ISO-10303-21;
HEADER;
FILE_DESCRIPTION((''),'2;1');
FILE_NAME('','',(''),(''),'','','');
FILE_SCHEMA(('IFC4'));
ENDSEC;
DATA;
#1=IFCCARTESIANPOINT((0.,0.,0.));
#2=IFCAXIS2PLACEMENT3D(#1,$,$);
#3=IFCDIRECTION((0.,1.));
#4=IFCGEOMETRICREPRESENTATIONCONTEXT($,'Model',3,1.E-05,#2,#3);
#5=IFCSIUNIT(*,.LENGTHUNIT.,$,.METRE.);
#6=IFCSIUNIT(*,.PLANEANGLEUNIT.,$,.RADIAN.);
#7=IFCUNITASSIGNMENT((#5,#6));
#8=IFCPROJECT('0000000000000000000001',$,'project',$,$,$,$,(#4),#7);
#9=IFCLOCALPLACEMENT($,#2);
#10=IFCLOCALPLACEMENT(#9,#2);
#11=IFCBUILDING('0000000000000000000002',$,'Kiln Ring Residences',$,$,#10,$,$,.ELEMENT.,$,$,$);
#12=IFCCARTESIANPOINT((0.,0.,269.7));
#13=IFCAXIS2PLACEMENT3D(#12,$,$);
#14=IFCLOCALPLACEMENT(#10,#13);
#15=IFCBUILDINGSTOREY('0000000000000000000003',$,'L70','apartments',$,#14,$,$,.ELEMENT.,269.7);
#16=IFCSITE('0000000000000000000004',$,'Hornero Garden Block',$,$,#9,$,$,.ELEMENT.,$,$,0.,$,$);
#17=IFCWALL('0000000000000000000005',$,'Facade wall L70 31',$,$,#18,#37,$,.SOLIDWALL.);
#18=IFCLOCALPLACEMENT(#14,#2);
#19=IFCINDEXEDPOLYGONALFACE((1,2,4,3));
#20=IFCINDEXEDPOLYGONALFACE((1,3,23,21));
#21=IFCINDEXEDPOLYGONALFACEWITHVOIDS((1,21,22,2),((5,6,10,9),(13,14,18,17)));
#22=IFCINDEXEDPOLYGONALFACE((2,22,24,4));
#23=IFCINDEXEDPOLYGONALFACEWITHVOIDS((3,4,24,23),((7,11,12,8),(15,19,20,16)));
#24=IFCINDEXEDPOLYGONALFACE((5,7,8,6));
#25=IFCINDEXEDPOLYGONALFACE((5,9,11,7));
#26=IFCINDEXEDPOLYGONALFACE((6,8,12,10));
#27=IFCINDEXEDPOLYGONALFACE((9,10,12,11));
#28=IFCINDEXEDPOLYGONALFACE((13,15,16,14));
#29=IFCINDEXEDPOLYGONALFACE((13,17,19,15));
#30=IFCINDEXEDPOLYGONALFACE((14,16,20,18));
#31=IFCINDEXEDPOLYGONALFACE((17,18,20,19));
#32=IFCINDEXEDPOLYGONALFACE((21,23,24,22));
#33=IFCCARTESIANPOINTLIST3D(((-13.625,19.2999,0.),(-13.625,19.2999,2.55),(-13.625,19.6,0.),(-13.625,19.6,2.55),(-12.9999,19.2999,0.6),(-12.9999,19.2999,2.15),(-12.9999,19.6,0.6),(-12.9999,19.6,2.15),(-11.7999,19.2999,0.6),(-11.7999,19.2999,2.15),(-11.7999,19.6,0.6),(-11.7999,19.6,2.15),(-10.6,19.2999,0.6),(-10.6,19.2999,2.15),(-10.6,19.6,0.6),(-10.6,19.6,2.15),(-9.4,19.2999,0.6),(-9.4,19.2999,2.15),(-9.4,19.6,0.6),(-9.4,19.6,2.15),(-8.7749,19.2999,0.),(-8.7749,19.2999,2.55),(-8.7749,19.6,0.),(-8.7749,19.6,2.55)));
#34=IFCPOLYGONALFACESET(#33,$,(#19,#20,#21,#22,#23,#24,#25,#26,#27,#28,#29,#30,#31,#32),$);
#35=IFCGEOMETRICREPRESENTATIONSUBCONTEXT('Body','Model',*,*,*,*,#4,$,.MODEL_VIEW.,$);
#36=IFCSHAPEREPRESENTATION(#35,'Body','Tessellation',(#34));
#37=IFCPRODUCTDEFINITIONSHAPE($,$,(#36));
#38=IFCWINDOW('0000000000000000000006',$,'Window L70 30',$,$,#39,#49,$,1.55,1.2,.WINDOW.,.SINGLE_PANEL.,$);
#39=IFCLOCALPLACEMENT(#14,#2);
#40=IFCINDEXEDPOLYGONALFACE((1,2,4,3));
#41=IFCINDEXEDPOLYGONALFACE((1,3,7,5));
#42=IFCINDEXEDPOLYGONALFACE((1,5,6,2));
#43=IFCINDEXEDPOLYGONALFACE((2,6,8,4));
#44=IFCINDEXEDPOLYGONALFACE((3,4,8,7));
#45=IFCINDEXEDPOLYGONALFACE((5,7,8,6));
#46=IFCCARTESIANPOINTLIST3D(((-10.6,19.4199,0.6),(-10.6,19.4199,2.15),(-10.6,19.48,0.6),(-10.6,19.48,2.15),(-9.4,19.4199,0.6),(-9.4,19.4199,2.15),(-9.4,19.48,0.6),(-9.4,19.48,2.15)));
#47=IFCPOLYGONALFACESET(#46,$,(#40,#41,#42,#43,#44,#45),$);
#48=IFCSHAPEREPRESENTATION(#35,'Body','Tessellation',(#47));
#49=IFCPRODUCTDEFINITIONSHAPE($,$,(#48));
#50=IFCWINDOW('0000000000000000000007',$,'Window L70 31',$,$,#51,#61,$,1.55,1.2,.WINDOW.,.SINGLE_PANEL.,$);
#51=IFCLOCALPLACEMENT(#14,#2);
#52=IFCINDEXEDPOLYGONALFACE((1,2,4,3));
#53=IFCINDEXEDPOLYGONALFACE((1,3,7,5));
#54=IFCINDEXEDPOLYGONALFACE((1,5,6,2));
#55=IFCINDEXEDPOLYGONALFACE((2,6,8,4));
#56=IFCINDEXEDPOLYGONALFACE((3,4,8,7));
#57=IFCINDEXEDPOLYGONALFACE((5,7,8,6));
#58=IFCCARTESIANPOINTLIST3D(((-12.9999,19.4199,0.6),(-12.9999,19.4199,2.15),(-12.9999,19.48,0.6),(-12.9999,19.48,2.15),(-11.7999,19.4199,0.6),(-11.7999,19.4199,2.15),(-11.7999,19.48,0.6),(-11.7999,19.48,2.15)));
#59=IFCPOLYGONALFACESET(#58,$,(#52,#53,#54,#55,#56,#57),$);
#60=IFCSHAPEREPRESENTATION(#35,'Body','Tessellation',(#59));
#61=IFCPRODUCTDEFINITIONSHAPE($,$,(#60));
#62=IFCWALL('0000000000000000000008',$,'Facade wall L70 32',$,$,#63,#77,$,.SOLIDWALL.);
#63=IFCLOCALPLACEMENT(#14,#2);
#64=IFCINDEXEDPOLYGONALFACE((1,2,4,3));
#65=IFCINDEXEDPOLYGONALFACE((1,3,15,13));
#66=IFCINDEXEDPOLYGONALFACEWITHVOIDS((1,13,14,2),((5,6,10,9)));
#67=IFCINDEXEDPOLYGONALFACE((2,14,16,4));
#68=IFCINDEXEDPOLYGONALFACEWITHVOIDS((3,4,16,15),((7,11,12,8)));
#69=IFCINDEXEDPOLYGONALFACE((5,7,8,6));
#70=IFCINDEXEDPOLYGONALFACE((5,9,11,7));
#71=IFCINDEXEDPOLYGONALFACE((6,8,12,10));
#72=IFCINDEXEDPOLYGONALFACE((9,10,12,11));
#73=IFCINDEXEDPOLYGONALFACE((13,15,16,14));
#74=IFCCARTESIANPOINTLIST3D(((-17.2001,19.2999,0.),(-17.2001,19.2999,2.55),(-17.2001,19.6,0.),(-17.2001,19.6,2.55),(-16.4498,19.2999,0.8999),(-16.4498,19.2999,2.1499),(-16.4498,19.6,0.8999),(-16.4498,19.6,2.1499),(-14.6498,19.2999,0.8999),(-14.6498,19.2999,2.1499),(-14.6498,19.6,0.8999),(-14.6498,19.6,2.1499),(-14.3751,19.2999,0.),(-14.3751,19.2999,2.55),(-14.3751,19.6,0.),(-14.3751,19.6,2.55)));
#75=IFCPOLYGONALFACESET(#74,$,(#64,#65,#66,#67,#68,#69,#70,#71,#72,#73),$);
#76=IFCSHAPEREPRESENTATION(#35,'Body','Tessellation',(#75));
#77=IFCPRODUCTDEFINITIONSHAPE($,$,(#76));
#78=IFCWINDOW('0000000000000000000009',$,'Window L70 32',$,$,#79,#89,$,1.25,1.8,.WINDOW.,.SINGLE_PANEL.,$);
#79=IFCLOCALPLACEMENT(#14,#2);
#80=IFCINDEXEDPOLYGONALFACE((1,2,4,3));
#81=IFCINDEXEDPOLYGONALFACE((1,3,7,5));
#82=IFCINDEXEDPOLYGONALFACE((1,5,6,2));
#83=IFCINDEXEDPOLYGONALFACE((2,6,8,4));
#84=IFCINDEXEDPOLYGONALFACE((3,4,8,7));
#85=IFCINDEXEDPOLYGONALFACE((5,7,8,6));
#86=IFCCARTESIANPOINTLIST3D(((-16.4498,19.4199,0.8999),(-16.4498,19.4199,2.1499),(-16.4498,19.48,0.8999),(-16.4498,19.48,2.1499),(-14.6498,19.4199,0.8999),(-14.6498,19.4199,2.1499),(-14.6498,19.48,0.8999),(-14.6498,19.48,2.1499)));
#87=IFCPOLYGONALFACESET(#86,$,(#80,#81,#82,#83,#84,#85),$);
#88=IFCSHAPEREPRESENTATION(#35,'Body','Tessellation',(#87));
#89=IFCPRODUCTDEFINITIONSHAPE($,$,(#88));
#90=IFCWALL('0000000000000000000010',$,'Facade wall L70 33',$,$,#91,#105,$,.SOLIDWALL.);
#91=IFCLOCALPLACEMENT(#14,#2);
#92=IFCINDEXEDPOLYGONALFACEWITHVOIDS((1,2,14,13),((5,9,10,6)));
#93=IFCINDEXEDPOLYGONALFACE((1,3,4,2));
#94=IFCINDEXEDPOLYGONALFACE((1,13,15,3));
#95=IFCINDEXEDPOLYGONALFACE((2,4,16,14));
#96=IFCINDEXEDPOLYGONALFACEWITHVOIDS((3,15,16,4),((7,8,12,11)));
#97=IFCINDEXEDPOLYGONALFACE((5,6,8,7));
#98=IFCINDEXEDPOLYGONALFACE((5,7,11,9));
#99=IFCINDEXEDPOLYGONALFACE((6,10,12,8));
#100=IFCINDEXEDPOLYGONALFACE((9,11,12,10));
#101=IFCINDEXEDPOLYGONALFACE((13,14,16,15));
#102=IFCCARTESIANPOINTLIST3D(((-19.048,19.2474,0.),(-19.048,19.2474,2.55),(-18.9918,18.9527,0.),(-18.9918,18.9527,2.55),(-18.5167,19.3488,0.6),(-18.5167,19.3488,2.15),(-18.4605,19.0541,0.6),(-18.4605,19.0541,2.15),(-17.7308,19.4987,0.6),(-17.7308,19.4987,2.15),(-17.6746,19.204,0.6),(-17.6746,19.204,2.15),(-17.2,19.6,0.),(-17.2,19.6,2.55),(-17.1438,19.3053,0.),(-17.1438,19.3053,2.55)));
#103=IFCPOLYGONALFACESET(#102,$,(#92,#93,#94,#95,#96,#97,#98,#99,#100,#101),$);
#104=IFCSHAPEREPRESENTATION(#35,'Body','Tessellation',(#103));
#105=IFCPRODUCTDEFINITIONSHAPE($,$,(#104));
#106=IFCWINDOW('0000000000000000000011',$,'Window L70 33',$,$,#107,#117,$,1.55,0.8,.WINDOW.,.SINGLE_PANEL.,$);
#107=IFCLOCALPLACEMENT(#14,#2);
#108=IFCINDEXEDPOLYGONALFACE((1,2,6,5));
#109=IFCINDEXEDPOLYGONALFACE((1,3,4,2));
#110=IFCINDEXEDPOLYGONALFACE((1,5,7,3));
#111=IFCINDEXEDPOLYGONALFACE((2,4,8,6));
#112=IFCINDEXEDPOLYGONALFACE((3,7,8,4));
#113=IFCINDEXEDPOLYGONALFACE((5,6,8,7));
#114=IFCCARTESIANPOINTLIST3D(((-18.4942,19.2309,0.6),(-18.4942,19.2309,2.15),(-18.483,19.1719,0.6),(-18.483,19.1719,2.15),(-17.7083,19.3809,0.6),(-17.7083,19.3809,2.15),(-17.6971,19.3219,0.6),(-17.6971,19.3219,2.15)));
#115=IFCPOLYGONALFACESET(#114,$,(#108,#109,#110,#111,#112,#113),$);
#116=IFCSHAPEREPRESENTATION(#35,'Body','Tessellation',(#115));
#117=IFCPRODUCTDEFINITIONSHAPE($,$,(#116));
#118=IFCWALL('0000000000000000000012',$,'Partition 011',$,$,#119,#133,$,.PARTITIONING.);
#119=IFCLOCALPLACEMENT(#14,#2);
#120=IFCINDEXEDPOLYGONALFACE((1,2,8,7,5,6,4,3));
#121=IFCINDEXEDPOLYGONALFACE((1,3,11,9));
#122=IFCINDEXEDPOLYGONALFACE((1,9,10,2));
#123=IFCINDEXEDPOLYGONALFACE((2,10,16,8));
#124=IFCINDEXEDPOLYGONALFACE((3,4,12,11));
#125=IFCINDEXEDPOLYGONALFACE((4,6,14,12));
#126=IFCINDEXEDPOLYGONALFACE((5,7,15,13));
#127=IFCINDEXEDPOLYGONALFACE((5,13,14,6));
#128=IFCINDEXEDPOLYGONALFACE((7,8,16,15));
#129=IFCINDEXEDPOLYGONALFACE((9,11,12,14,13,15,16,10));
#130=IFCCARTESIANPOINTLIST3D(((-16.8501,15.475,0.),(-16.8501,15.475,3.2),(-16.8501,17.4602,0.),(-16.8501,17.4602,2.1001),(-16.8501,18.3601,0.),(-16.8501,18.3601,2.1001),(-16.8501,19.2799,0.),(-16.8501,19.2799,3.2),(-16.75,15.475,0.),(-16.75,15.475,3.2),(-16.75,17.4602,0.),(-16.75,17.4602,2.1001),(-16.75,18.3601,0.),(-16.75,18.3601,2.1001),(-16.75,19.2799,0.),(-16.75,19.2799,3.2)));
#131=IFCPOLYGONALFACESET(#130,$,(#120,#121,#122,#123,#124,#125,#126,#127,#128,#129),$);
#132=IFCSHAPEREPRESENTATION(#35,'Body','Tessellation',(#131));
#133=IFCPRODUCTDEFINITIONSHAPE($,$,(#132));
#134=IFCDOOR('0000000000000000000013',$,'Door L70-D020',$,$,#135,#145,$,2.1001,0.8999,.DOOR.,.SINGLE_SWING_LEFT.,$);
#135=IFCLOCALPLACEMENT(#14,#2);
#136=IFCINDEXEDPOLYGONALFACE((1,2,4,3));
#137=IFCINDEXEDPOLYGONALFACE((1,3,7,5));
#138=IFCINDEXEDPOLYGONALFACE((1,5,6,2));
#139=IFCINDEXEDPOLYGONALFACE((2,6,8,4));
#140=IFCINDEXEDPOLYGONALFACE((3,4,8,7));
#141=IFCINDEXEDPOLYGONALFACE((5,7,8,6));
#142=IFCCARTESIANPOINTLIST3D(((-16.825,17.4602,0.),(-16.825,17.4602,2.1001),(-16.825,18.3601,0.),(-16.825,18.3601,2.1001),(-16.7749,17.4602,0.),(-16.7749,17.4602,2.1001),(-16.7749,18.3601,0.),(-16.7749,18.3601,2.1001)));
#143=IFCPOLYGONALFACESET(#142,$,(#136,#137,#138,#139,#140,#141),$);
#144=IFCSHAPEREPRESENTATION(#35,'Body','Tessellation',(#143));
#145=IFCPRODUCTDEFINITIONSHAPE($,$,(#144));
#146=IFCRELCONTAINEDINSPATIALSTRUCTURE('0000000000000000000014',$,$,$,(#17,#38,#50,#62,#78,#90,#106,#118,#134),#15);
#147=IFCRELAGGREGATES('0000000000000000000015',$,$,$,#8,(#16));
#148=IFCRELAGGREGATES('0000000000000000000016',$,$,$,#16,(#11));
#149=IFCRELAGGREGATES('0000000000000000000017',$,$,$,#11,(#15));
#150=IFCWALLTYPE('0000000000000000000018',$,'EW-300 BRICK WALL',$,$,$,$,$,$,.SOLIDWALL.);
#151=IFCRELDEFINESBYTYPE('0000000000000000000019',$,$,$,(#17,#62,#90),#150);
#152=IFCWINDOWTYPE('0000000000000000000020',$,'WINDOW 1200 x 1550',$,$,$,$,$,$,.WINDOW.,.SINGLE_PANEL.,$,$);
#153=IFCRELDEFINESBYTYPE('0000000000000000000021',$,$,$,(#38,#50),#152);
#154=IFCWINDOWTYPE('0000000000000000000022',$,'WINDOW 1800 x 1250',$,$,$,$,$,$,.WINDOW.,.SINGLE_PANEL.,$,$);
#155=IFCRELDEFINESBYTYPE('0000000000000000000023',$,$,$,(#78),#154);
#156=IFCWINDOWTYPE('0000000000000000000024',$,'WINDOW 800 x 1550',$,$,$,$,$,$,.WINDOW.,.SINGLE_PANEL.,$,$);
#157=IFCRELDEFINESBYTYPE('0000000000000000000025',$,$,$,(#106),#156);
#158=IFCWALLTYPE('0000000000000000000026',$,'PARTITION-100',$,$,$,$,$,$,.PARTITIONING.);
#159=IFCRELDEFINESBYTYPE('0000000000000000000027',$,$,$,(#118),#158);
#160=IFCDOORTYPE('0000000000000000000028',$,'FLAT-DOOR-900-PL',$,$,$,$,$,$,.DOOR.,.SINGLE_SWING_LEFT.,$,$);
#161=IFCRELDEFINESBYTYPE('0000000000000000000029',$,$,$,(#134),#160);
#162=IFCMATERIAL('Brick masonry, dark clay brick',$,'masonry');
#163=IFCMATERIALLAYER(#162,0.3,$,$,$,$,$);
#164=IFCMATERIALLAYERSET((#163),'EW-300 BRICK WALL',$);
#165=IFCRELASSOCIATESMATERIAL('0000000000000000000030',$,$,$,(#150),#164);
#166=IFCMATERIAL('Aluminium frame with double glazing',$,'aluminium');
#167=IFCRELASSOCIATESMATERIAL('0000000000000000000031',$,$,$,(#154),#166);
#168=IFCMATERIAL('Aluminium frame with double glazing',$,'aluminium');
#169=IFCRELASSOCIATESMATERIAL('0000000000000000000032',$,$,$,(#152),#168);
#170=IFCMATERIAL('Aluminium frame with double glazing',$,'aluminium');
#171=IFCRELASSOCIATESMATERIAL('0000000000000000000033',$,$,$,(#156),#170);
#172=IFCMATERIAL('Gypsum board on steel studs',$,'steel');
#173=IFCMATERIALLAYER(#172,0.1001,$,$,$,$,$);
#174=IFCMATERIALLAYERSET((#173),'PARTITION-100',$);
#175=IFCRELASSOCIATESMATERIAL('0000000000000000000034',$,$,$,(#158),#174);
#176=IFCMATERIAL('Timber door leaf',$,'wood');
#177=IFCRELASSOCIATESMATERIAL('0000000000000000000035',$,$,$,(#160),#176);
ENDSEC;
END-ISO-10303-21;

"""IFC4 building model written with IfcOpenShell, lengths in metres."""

from ifc_helpers import new_model, si_unit, direction, frame, frame_2d, origin, place, context, subcontext, project, spatial, rectangle, extrude, material, layer, layer_set, type_object, element, fill, save


model = new_model("IFC4")

# Units and contexts
model_context = context("Model", 3, precision=1e-05, world=origin(), true_north=direction((0.0, 1.0)))
body_context = subcontext(model_context, "Body", "Model", "MODEL_VIEW")
ifc_project = project(units=[si_unit("LENGTHUNIT", "METRE"), si_unit("PLANEANGLEUNIT", "RADIAN")], contexts=[model_context])

# Site, building, storey
site_placement = place(None, origin())
site = spatial("IfcSite", under=ifc_project, at=site_placement, Name="Hornero Garden Block", CompositionType="ELEMENT", RefElevation=0.0)
building_placement = place(site_placement, origin())
building = spatial("IfcBuilding", under=site, at=building_placement, Name="Kiln Ring Residences", CompositionType="ELEMENT")
storey_placement = place(building_placement, frame((0.0, 0.0, 269.7)))
storey = spatial("IfcBuildingStorey", under=building, at=storey_placement, Name="L70", Description="apartments", CompositionType="ELEMENT", Elevation=269.7)

# Wall, openings, windows
ifc_material_1 = material(Name="Brick masonry, dark clay brick", Category="masonry")
ifc_layer_1 = layer(ifc_material_1, 0.3)
ifc_layer_set_1 = layer_set([ifc_layer_1], Name="EW-300 BRICK WALL")
wall_type_1 = type_object("IfcWallType", Name="EW-300 BRICK WALL", PredefinedType="SOLIDWALL", material=ifc_layer_set_1)
ifc_material_2 = material(Name="Aluminium frame with double glazing", Category="aluminium")
window_type_1 = type_object("IfcWindowType", Name="WINDOW 1800 x 1250", PartitioningType="SINGLE_PANEL", PredefinedType="WINDOW", material=ifc_material_2)
wall_1_placement = place(storey_placement, frame((-8.7749, 19.45, 0.0), z_axis=(0.0, 0.0, 1.0), x_axis=(-1.0, 0.0, 0.0)))
wall_1 = element("IfcWall", 1, at=wall_1_placement, inside=storey, type_object=wall_type_1, Name="Facade wall L70 31", PredefinedType="SOLIDWALL", context=body_context, shape_type="SweptSolid", body=[
    extrude(rectangle(XDim=4.8501, YDim=0.3, at=frame_2d((2.425, 0.0))), origin(), (0.0, 0.0, 1.0), 2.55),
])
opening_1_placement = place(wall_1_placement, frame((0.625, 0.0, 0.6001)))
opening_1 = element("IfcOpeningElement", 2, at=opening_1_placement, cuts=wall_1, PredefinedType="OPENING", context=body_context, shape_type="SweptSolid", body=[
    extrude(rectangle(XDim=1.2, YDim=1.55, at=frame_2d((0.6001, 0.7749))), frame((0.0, 0.1599, 0.0), z_axis=(0.0, -1.0, 0.0), x_axis=(1.0, 0.0, 0.0)), (0.0, 0.0, 1.0), 0.3201),
])
opening_2_placement = place(wall_1_placement, frame((3.0249, 0.0, 0.6001)))
opening_2 = element("IfcOpeningElement", 3, at=opening_2_placement, cuts=wall_1, PredefinedType="OPENING", context=body_context, shape_type="SweptSolid", body=[
    extrude(rectangle(XDim=1.2, YDim=1.55, at=frame_2d((0.6001, 0.7749))), frame((0.0, 0.1599, 0.0), z_axis=(0.0, -1.0, 0.0), x_axis=(1.0, 0.0, 0.0)), (0.0, 0.0, 1.0), 0.3201),
])
ifc_material_3 = material(Name="Aluminium frame with double glazing", Category="aluminium")
window_type_2 = type_object("IfcWindowType", Name="WINDOW 1200 x 1550", PartitioningType="SINGLE_PANEL", PredefinedType="WINDOW", material=ifc_material_3)
window_1_placement = place(opening_1_placement, origin())
window_1 = element("IfcWindow", 4, at=window_1_placement, inside=storey, type_object=window_type_2, Name="Window L70 30", OverallHeight=1.55, OverallWidth=1.2, PartitioningType="SINGLE_PANEL", PredefinedType="WINDOW", context=body_context, shape_type="SweptSolid", body=[
    extrude(rectangle(XDim=1.2, YDim=1.55, at=frame_2d((0.6001, 0.7749))), frame((0.0, 0.03, 0.0), z_axis=(0.0, -1.0, 0.0), x_axis=(1.0, 0.0, 0.0)), (0.0, 0.0, 1.0), 0.0601),
])
fill(opening_1, window_1)
window_2_placement = place(opening_2_placement, origin())
window_2 = element("IfcWindow", 5, at=window_2_placement, inside=storey, type_object=window_type_2, Name="Window L70 31", OverallHeight=1.55, OverallWidth=1.2, PartitioningType="SINGLE_PANEL", PredefinedType="WINDOW", context=body_context, shape_type="SweptSolid", body=[
    extrude(rectangle(XDim=1.2, YDim=1.55, at=frame_2d((0.6001, 0.7749))), frame((0.0, 0.03, 0.0), z_axis=(0.0, -1.0, 0.0), x_axis=(1.0, 0.0, 0.0)), (0.0, 0.0, 1.0), 0.0601),
])
fill(opening_2, window_2)

# Walls, openings, windows
wall_2_placement = place(storey_placement, frame((-14.375, 19.45, 0.0), z_axis=(0.0, 0.0, 1.0), x_axis=(-1.0, 0.0, 0.0)))
wall_2 = element("IfcWall", 6, at=wall_2_placement, inside=storey, type_object=wall_type_1, Name="Facade wall L70 32", PredefinedType="SOLIDWALL", context=body_context, shape_type="SweptSolid", body=[
    extrude(rectangle(XDim=2.825, YDim=0.3, at=frame_2d((1.4126, 0.0))), origin(), (0.0, 0.0, 1.0), 2.55),
])
opening_3_placement = place(wall_2_placement, frame((0.2749, 0.0, 0.8999)))
opening_3 = element("IfcOpeningElement", 7, at=opening_3_placement, cuts=wall_2, PredefinedType="OPENING", context=body_context, shape_type="SweptSolid", body=[
    extrude(rectangle(XDim=1.8, YDim=1.25, at=frame_2d((0.8999, 0.625))), frame((0.0, 0.1599, 0.0), z_axis=(0.0, -1.0, 0.0), x_axis=(1.0, 0.0, 0.0)), (0.0, 0.0, 1.0), 0.3201),
])
window_3_placement = place(opening_3_placement, origin())
window_3 = element("IfcWindow", 8, at=window_3_placement, inside=storey, type_object=window_type_1, Name="Window L70 32", OverallHeight=1.25, OverallWidth=1.8, PartitioningType="SINGLE_PANEL", PredefinedType="WINDOW", context=body_context, shape_type="SweptSolid", body=[
    extrude(rectangle(XDim=1.8, YDim=1.25, at=frame_2d((0.8999, 0.625))), frame((0.0, 0.03, 0.0), z_axis=(0.0, -1.0, 0.0), x_axis=(1.0, 0.0, 0.0)), (0.0, 0.0, 1.0), 0.0601),
])
fill(opening_3, window_3)
wall_3_placement = place(storey_placement, frame((-17.1719, 19.4526, 0.0), z_axis=(0.0, 0.0, 1.0), x_axis=(-0.982284, -0.187398, 0.0)))
wall_3 = element("IfcWall", 9, at=wall_3_placement, inside=storey, type_object=wall_type_1, Name="Facade wall L70 33", PredefinedType="SOLIDWALL", context=body_context, shape_type="SweptSolid", body=[
    extrude(rectangle(XDim=1.8813, YDim=0.3, at=frame_2d((0.9407, 0.0))), origin(), (0.0, 0.0, 1.0), 2.55),
])
opening_4_placement = place(wall_3_placement, frame((0.5405, 0.0, 0.6001)))
opening_4 = element("IfcOpeningElement", 10, at=opening_4_placement, cuts=wall_3, PredefinedType="OPENING", context=body_context, shape_type="SweptSolid", body=[
    extrude(rectangle(XDim=0.8, YDim=1.55, at=frame_2d((0.3999, 0.7749))), frame((0.0, 0.1599, 0.0), z_axis=(0.0, -1.0, 0.0), x_axis=(1.0, 0.0, 0.0)), (0.0, 0.0, 1.0), 0.3201),
])
ifc_material_4 = material(Name="Aluminium frame with double glazing", Category="aluminium")
window_type_3 = type_object("IfcWindowType", Name="WINDOW 800 x 1550", PartitioningType="SINGLE_PANEL", PredefinedType="WINDOW", material=ifc_material_4)
window_4_placement = place(opening_4_placement, origin())
window_4 = element("IfcWindow", 11, at=window_4_placement, inside=storey, type_object=window_type_3, Name="Window L70 33", OverallHeight=1.55, OverallWidth=0.8, PartitioningType="SINGLE_PANEL", PredefinedType="WINDOW", context=body_context, shape_type="SweptSolid", body=[
    extrude(rectangle(XDim=0.8, YDim=1.55, at=frame_2d((0.3999, 0.7749))), frame((0.0, 0.03, 0.0), z_axis=(0.0, -1.0, 0.0), x_axis=(1.0, 0.0, 0.0)), (0.0, 0.0, 1.0), 0.0601),
])
fill(opening_4, window_4)

# Wall, opening, door
ifc_material_5 = material(Name="Gypsum board on steel studs", Category="steel")
ifc_layer_2 = layer(ifc_material_5, 0.1001)
ifc_layer_set_2 = layer_set([ifc_layer_2], Name="PARTITION-100")
wall_type_2 = type_object("IfcWallType", Name="PARTITION-100", PredefinedType="PARTITIONING", material=ifc_layer_set_2)
wall_4_placement = place(storey_placement, frame((-16.8, 15.4751, 0.0), z_axis=(0.0, 0.0, 1.0), x_axis=(0.0, 1.0, 0.0)))
wall_4 = element("IfcWall", 12, at=wall_4_placement, inside=storey, type_object=wall_type_2, Name="Partition 011", PredefinedType="PARTITIONING", context=body_context, shape_type="SweptSolid", body=[
    extrude(rectangle(XDim=3.8049, YDim=0.1001, at=frame_2d((1.9023, 0.0))), origin(), (0.0, 0.0, 1.0), 3.2),
])
opening_5_placement = place(wall_4_placement, frame((1.9851, 0.0, 0.0)))
opening_5 = element("IfcOpeningElement", 13, at=opening_5_placement, cuts=wall_4, PredefinedType="OPENING", context=body_context, shape_type="SweptSolid", body=[
    extrude(rectangle(XDim=0.8999, YDim=2.1001, at=frame_2d((0.45, 1.05))), frame((0.0, 0.0601, 0.0), z_axis=(0.0, -1.0, 0.0), x_axis=(1.0, 0.0, 0.0)), (0.0, 0.0, 1.0), 0.1201),
])
ifc_material_6 = material(Name="Timber door leaf", Category="wood")
door_type_1 = type_object("IfcDoorType", Name="FLAT-DOOR-900-PL", OperationType="SINGLE_SWING_LEFT", PredefinedType="DOOR", material=ifc_material_6)
door_1_placement = place(opening_5_placement, origin())
door_1 = element("IfcDoor", 14, at=door_1_placement, inside=storey, type_object=door_type_1, Name="Door L70-D020", OperationType="SINGLE_SWING_LEFT", OverallHeight=2.1001, OverallWidth=0.8999, PredefinedType="DOOR", context=body_context, shape_type="SweptSolid", body=[
    extrude(rectangle(XDim=0.8999, YDim=2.1001, at=frame_2d((0.45, 1.05))), frame((0.0, 0.0249, 0.0), z_axis=(0.0, -1.0, 0.0), x_axis=(1.0, 0.0, 0.0)), (0.0, 0.0, 1.0), 0.05),
])
fill(opening_5, door_1)

save(model, "model.ifc")
